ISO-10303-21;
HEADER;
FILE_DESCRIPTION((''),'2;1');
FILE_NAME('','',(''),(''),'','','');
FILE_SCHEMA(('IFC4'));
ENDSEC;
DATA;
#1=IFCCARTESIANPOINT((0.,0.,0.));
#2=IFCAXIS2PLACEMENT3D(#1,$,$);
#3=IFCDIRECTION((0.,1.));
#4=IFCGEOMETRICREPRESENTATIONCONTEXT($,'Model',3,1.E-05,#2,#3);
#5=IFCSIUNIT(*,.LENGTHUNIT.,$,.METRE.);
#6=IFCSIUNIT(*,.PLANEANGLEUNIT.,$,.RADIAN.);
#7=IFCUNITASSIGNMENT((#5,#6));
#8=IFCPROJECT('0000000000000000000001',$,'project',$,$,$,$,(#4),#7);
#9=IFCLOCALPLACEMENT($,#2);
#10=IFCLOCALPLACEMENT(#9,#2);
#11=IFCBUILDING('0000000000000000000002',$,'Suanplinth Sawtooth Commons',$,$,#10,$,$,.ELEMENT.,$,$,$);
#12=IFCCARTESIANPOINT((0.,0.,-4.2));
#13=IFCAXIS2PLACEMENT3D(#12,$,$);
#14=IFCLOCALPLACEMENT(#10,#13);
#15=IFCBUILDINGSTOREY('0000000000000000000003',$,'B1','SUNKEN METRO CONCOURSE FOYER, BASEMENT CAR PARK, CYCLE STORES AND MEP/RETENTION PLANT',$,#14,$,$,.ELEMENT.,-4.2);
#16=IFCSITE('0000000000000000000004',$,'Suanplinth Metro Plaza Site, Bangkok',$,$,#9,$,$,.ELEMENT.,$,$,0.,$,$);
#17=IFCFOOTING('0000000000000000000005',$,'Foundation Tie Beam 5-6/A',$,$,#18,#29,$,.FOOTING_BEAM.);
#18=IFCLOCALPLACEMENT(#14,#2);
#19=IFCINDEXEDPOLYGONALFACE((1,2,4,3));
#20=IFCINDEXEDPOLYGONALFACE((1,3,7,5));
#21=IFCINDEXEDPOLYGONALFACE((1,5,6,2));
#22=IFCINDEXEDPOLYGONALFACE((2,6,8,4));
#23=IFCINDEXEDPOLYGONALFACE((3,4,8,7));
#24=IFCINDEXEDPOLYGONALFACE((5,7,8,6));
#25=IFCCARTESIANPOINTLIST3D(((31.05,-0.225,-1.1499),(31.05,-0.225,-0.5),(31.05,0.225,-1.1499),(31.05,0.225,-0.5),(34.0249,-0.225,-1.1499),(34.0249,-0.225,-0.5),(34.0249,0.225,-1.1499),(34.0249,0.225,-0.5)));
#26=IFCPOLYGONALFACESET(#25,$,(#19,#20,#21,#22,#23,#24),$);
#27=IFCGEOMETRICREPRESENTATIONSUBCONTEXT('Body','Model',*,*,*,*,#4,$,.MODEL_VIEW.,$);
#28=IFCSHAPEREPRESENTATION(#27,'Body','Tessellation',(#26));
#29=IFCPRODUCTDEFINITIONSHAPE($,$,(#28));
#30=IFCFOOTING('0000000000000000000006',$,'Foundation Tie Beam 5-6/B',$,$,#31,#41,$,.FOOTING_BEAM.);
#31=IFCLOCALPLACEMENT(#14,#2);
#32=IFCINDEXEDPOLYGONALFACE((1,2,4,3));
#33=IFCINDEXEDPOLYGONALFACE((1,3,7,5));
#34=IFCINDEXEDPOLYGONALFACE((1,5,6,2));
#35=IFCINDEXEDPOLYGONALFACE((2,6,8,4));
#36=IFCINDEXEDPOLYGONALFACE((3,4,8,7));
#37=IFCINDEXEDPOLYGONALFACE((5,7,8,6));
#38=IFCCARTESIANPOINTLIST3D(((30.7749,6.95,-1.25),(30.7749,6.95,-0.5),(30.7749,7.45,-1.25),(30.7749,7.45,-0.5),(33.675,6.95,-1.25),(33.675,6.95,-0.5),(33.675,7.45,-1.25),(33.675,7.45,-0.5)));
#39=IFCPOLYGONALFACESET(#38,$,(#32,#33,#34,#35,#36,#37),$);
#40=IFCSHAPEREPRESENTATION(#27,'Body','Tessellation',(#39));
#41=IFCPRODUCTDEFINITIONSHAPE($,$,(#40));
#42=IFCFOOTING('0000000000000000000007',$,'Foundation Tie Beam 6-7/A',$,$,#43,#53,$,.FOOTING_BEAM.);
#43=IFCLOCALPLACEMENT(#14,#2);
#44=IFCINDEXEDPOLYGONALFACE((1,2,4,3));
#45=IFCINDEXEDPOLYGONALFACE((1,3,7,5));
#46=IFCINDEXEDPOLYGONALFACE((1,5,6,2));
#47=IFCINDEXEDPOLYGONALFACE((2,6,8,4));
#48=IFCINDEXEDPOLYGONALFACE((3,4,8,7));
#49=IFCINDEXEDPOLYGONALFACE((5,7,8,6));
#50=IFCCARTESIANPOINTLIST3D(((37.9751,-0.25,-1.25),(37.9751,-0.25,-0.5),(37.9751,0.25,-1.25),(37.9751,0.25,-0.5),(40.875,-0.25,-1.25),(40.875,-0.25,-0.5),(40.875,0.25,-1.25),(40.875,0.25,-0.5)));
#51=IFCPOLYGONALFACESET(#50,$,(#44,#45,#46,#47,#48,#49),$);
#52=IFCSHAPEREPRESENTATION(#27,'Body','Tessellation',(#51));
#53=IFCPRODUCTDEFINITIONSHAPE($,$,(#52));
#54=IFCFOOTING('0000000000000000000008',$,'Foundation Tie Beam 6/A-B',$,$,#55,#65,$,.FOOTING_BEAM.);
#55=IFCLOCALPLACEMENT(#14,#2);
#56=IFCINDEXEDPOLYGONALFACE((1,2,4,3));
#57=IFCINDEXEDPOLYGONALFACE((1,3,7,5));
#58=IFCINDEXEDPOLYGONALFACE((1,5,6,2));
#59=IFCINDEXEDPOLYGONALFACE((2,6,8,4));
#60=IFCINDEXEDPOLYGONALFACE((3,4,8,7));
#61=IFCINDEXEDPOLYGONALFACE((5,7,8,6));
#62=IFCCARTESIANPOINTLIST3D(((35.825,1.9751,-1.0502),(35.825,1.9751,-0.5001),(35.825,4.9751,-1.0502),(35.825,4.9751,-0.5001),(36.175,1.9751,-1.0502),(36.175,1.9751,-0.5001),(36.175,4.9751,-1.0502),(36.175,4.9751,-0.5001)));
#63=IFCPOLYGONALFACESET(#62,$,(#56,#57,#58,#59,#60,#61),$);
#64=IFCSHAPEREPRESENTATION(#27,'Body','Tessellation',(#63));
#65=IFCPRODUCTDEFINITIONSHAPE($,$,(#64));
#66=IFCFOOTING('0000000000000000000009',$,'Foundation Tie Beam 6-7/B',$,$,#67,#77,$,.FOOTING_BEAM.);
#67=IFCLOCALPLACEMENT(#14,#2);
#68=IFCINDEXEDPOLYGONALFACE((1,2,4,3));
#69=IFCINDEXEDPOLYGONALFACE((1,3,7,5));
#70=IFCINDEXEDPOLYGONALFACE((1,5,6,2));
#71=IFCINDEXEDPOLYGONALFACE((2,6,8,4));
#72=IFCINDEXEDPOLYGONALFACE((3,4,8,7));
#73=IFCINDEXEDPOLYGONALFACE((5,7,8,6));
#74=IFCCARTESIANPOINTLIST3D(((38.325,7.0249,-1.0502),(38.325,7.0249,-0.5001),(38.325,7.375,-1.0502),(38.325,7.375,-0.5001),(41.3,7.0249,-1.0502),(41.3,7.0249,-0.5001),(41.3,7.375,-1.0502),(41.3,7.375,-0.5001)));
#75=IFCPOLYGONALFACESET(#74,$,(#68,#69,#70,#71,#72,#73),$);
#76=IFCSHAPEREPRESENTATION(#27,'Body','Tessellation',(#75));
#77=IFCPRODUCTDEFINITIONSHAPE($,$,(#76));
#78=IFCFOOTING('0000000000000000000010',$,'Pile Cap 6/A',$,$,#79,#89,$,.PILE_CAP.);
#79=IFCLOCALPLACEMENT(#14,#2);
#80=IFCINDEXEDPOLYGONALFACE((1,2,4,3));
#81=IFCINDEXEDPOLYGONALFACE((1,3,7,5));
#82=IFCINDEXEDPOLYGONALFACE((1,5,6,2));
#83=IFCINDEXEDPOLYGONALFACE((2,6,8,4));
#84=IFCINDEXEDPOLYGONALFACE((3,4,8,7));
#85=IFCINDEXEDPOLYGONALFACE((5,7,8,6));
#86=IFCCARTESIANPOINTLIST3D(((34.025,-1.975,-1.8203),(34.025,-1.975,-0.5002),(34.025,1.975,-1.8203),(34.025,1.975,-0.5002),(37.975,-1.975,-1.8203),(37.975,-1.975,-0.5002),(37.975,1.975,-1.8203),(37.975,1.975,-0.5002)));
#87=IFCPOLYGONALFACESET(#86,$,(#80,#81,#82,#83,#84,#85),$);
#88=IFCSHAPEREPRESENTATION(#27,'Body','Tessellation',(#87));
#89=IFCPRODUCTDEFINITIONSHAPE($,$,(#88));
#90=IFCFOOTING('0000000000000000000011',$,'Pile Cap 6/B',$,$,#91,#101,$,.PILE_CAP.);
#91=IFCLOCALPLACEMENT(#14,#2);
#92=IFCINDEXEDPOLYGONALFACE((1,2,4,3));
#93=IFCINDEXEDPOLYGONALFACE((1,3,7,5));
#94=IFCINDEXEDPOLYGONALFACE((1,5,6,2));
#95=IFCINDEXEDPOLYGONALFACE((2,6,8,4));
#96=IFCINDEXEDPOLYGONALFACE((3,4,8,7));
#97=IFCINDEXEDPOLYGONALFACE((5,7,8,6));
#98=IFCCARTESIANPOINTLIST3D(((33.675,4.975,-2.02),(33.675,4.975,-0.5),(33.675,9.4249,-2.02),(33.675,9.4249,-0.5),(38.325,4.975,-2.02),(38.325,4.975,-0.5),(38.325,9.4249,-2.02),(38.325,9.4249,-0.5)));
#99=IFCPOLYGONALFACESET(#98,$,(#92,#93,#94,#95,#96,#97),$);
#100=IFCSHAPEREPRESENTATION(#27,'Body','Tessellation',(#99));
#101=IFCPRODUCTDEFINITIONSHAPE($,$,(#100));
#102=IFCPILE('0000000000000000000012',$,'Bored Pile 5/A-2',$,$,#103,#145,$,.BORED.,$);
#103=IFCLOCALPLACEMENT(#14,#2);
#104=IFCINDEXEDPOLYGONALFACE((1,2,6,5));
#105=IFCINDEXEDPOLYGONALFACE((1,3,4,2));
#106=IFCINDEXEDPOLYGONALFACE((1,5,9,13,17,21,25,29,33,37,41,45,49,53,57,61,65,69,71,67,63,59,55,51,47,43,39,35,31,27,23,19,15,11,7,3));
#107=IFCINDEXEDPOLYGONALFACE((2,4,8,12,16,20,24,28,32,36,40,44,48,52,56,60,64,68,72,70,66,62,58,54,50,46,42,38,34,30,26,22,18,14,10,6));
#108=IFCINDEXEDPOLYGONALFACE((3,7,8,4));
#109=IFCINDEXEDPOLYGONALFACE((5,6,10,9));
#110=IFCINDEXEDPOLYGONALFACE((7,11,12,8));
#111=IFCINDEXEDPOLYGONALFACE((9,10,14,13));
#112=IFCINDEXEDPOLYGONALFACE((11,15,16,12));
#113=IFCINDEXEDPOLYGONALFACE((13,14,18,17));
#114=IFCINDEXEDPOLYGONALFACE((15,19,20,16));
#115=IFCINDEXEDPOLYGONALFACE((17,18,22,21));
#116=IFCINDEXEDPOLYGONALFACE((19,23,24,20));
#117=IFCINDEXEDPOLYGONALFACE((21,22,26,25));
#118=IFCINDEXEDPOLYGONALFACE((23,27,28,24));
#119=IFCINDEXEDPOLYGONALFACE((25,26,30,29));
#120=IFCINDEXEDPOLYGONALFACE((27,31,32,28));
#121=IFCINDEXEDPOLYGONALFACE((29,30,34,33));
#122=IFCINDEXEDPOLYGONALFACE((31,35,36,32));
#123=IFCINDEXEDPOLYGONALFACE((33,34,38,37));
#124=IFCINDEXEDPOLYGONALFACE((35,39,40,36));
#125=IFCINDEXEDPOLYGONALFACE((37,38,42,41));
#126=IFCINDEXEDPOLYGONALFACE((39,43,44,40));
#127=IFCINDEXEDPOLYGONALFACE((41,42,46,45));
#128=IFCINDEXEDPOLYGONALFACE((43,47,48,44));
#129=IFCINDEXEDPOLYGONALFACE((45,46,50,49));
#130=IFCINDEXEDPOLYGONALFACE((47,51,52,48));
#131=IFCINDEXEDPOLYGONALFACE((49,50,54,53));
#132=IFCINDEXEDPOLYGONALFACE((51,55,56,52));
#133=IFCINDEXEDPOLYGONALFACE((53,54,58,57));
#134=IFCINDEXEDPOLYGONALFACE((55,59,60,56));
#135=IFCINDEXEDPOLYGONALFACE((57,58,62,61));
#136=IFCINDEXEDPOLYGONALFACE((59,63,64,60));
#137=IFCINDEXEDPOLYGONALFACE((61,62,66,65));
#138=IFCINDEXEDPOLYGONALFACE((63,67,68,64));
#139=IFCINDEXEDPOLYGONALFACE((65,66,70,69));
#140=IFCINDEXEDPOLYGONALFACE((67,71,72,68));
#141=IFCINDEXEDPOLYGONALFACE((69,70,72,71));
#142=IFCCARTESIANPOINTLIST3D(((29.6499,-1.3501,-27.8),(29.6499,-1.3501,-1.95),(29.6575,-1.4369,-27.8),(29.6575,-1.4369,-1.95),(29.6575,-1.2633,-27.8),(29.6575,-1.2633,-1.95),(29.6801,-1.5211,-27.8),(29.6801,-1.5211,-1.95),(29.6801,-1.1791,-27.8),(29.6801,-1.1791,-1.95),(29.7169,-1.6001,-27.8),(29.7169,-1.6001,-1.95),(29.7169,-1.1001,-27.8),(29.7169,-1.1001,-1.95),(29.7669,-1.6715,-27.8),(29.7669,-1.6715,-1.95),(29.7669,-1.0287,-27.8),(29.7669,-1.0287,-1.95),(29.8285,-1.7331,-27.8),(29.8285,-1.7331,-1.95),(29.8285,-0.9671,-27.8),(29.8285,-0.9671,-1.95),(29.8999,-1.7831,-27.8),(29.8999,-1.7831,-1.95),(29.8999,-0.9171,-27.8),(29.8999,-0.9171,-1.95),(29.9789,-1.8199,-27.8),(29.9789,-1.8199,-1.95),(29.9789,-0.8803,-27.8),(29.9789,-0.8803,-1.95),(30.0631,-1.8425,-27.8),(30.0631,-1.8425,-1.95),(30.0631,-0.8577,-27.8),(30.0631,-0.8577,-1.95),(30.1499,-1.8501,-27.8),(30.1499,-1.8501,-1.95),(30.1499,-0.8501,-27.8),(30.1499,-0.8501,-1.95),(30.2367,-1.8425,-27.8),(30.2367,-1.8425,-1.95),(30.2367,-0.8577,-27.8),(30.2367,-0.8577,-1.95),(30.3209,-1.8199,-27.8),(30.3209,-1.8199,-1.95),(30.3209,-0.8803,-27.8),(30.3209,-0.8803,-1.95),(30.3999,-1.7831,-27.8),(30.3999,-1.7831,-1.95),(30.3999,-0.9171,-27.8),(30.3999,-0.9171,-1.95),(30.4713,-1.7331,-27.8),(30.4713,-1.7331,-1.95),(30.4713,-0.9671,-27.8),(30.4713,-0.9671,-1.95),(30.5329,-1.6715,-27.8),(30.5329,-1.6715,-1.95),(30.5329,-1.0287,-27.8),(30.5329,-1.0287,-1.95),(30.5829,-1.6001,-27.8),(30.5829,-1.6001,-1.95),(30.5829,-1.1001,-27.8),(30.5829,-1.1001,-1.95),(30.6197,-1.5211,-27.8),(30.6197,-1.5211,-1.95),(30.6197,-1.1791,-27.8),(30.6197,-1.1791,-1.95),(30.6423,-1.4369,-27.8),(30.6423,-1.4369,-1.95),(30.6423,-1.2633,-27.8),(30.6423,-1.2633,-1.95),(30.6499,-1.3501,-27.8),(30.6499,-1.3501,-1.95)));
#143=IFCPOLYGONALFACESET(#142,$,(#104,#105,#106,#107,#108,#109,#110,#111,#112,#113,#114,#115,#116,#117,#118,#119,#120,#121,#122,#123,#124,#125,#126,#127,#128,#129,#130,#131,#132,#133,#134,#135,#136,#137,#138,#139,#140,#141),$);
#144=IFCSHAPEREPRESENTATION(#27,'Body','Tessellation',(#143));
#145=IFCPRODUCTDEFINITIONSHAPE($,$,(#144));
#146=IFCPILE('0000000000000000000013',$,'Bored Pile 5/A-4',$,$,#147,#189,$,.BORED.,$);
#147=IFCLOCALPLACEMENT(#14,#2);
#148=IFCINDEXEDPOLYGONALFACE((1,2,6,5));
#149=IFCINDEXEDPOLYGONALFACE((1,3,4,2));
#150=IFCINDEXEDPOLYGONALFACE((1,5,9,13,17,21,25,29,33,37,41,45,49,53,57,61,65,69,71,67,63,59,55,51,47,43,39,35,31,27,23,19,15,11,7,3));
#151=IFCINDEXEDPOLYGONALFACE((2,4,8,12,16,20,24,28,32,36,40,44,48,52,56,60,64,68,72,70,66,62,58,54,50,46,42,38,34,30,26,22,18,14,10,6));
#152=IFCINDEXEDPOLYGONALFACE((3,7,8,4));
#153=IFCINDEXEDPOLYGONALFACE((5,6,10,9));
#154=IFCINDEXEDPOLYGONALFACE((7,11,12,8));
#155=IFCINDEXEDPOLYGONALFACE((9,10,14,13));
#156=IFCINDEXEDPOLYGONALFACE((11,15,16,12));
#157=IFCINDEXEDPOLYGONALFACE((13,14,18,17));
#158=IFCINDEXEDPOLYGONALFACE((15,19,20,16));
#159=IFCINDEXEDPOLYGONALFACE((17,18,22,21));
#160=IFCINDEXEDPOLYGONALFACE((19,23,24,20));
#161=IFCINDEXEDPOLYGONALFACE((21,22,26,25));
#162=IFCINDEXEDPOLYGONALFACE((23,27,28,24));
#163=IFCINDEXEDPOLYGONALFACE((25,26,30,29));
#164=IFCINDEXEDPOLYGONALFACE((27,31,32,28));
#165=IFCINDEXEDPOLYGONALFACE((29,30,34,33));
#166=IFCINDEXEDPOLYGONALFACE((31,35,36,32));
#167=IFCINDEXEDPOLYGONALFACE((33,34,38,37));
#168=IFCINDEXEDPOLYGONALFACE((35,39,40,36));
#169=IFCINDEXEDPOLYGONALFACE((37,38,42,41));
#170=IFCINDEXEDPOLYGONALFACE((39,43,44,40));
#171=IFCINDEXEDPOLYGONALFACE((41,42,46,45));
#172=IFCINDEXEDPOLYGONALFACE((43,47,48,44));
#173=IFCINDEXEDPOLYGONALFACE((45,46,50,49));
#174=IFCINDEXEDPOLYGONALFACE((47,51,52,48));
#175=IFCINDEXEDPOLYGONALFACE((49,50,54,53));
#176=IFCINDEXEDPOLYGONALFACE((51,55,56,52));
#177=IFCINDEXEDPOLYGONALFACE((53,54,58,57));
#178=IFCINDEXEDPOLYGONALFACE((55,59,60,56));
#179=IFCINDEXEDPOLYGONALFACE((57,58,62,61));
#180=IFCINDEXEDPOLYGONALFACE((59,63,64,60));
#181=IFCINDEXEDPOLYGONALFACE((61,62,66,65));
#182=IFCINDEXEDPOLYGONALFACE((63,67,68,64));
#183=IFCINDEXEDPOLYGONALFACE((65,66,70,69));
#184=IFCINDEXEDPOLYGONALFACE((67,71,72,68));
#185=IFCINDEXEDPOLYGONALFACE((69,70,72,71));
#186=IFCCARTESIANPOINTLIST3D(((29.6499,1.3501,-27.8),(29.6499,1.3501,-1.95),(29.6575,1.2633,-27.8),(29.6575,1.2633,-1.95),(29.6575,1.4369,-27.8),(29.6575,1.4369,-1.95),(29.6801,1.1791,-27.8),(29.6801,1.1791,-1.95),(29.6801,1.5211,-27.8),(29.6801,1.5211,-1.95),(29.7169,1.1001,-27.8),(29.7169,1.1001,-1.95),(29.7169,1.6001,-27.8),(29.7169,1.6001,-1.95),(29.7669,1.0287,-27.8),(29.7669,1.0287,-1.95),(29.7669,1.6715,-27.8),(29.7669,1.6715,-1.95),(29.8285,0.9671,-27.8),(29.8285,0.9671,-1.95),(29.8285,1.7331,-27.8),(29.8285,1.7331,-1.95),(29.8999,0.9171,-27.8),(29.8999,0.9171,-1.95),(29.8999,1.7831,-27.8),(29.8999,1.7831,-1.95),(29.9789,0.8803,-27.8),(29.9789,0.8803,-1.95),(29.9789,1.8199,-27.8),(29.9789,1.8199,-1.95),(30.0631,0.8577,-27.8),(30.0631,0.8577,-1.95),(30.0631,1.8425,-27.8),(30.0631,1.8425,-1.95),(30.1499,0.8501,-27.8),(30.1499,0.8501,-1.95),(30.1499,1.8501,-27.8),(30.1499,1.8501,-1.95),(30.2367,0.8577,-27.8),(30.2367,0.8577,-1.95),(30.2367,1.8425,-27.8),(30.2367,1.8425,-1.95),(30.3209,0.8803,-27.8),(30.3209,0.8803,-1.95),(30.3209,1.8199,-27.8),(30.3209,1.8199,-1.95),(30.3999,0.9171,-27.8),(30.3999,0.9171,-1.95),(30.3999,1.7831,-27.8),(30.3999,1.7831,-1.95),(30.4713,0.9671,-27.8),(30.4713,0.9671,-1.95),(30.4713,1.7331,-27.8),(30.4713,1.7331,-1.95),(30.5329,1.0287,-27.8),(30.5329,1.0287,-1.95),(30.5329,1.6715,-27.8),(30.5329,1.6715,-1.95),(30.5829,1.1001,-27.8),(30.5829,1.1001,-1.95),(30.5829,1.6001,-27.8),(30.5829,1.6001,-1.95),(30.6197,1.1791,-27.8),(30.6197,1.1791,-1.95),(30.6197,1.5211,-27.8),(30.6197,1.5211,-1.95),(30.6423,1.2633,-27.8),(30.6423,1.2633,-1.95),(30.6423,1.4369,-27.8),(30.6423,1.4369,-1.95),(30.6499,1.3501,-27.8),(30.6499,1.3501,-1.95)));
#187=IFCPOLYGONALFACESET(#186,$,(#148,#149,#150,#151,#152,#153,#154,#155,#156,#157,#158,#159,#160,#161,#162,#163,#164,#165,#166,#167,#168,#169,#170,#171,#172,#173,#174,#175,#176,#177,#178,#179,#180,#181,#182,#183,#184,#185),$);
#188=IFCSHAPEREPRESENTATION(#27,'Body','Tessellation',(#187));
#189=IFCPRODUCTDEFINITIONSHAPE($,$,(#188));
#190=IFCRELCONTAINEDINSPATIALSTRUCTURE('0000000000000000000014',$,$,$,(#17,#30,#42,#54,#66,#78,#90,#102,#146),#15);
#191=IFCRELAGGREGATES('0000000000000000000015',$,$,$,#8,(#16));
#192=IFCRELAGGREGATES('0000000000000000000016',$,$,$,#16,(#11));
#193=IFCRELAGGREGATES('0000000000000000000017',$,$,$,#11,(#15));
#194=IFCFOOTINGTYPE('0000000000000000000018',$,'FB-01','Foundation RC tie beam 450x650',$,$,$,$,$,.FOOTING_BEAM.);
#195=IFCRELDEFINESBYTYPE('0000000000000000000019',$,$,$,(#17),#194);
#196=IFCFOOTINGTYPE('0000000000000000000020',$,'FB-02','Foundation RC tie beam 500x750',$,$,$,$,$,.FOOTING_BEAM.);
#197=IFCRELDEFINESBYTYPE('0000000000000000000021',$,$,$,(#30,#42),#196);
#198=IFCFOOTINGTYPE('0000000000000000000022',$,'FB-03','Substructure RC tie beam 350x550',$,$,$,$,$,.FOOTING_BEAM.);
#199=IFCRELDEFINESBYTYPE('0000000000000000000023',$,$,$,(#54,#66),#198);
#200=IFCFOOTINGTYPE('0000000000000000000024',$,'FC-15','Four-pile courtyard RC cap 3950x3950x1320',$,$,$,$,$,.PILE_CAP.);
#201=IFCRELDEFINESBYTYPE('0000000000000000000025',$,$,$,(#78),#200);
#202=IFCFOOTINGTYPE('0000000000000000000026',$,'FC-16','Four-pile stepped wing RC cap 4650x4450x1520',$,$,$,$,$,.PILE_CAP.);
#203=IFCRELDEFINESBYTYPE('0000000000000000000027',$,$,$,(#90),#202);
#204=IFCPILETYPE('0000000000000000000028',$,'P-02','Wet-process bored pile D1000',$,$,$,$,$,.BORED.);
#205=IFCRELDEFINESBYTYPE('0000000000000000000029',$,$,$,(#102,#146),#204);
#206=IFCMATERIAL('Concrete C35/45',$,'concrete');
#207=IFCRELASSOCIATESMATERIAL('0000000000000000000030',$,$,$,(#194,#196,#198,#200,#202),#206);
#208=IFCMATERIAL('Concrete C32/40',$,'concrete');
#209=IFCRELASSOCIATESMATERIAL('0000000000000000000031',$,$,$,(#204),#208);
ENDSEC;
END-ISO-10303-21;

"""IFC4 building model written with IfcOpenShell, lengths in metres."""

from ifc_helpers import new_model, si_unit, direction, frame, origin, origin_2d, place, context, subcontext, project, spatial, rectangle, circle, extrude, material, material_profile, profile_set, type_object, element, save


model = new_model("IFC4")

# Units and contexts
model_context = context("Model", 3, precision=1e-05, world=origin(), true_north=direction((0.0, 1.0)))
body_context = subcontext(model_context, "Body", "Model", "MODEL_VIEW")
ifc_project = project(units=[si_unit("LENGTHUNIT", "METRE"), si_unit("PLANEANGLEUNIT", "RADIAN")], contexts=[model_context])

# Site, building, storey
site_placement = place(None, origin())
site = spatial("IfcSite", under=ifc_project, at=site_placement, Name="Suanplinth Metro Plaza Site, Bangkok", CompositionType="ELEMENT", RefElevation=0.0)
building_placement = place(site_placement, origin())
building = spatial("IfcBuilding", under=site, at=building_placement, Name="Suanplinth Sawtooth Commons", CompositionType="ELEMENT")
storey_placement = place(building_placement, frame((0.0, 0.0, -4.2)))
storey = spatial("IfcBuildingStorey", under=building, at=storey_placement, Name="B1", Description="SUNKEN METRO CONCOURSE FOYER, BASEMENT CAR PARK, CYCLE STORES AND MEP/RETENTION PLANT", CompositionType="ELEMENT", Elevation=-4.2)

# Footings
ifc_material_1 = material(Name="Concrete C35/45", Category="concrete")
ifc_material_profile_1 = material_profile(ifc_material_1, rectangle(XDim=0.45, YDim=0.6499, at=origin_2d()), Name="PC-GDR 450x650")
ifc_profile_set_1 = profile_set([ifc_material_profile_1], Name="Concrete C35/45")
footing_type_1 = type_object("IfcFootingType", Name="FB-01", Description="Foundation RC tie beam 450x650", PredefinedType="FOOTING_BEAM", material=ifc_profile_set_1)
footing_1_placement = place(storey_placement, frame((31.05, 0.0, -0.825), z_axis=(1.0, 0.0, 0.0), x_axis=(0.0, 1.0, 0.0)))
element("IfcFooting", 1, at=footing_1_placement, inside=storey, type_object=footing_type_1, Name="Foundation Tie Beam 5-6/A", PredefinedType="FOOTING_BEAM", context=body_context, shape_type="SweptSolid", body=[
    extrude(rectangle(XDim=0.45, YDim=0.6499, at=origin_2d()), origin(), (0.0, 0.0, 1.0), 2.9749),
])
ifc_material_profile_2 = material_profile(ifc_material_1, rectangle(XDim=0.5, YDim=0.75, at=origin_2d()), Name="RC-GDR 500x750")
ifc_profile_set_2 = profile_set([ifc_material_profile_2], Name="Concrete C35/45")
footing_type_2 = type_object("IfcFootingType", Name="FB-02", Description="Foundation RC tie beam 500x750", PredefinedType="FOOTING_BEAM", material=ifc_profile_set_2)
footing_2_placement = place(storey_placement, frame((30.7749, 7.2, -0.875), z_axis=(1.0, 0.0, 0.0), x_axis=(0.0, 1.0, 0.0)))
element("IfcFooting", 2, at=footing_2_placement, inside=storey, type_object=footing_type_2, Name="Foundation Tie Beam 5-6/B", PredefinedType="FOOTING_BEAM", context=body_context, shape_type="SweptSolid", body=[
    extrude(rectangle(XDim=0.5, YDim=0.75, at=origin_2d()), origin(), (0.0, 0.0, 1.0), 2.9001),
])
footing_3_placement = place(storey_placement, frame((37.9751, 0.0, -0.875), z_axis=(1.0, 0.0, 0.0), x_axis=(0.0, 1.0, 0.0)))
element("IfcFooting", 3, at=footing_3_placement, inside=storey, type_object=footing_type_2, Name="Foundation Tie Beam 6-7/A", PredefinedType="FOOTING_BEAM", context=body_context, shape_type="SweptSolid", body=[
    extrude(rectangle(XDim=0.5, YDim=0.75, at=origin_2d()), origin(), (0.0, 0.0, 1.0), 2.8999),
])
ifc_material_profile_3 = material_profile(ifc_material_1, rectangle(XDim=0.3501, YDim=0.55, at=origin_2d()), Name="PC-BM 350x550")
ifc_profile_set_3 = profile_set([ifc_material_profile_3], Name="Concrete C35/45")
footing_type_3 = type_object("IfcFootingType", Name="FB-03", Description="Substructure RC tie beam 350x550", PredefinedType="FOOTING_BEAM", material=ifc_profile_set_3)
footing_4_placement = place(storey_placement, frame((36.0, 1.9751, -0.7751), z_axis=(0.0, 1.0, 0.0), x_axis=(-1.0, 0.0, 0.0)))
element("IfcFooting", 4, at=footing_4_placement, inside=storey, type_object=footing_type_3, Name="Foundation Tie Beam 6/A-B", PredefinedType="FOOTING_BEAM", context=body_context, shape_type="SweptSolid", body=[
    extrude(rectangle(XDim=0.3501, YDim=0.55, at=origin_2d()), origin(), (0.0, 0.0, 1.0), 3.0),
])
footing_5_placement = place(storey_placement, frame((38.325, 7.2, -0.7751), z_axis=(1.0, 0.0, 0.0), x_axis=(0.0, 1.0, 0.0)))
element("IfcFooting", 5, at=footing_5_placement, inside=storey, type_object=footing_type_3, Name="Foundation Tie Beam 6-7/B", PredefinedType="FOOTING_BEAM", context=body_context, shape_type="SweptSolid", body=[
    extrude(rectangle(XDim=0.3501, YDim=0.55, at=origin_2d()), origin(), (0.0, 0.0, 1.0), 2.9751),
])
footing_type_4 = type_object("IfcFootingType", Name="FC-15", Description="Four-pile courtyard RC cap 3950x3950x1320", PredefinedType="PILE_CAP", material=ifc_material_1)
footing_6_placement = place(storey_placement, frame((36.0, 0.0, -1.8203), z_axis=(0.0, 0.0, 1.0), x_axis=(1.0, 0.0, 0.0)))
element("IfcFooting", 6, at=footing_6_placement, inside=storey, type_object=footing_type_4, Name="Pile Cap 6/A", PredefinedType="PILE_CAP", context=body_context, shape_type="SweptSolid", body=[
    extrude(rectangle(XDim=3.95, YDim=3.95, at=origin_2d()), origin(), (0.0, 0.0, 1.0), 1.3201),
])
footing_type_5 = type_object("IfcFootingType", Name="FC-16", Description="Four-pile stepped wing RC cap 4650x4450x1520", PredefinedType="PILE_CAP", material=ifc_material_1)
footing_7_placement = place(storey_placement, frame((36.0, 7.2, -2.02), z_axis=(0.0, 0.0, 1.0), x_axis=(1.0, 0.0, 0.0)))
element("IfcFooting", 7, at=footing_7_placement, inside=storey, type_object=footing_type_5, Name="Pile Cap 6/B", PredefinedType="PILE_CAP", context=body_context, shape_type="SweptSolid", body=[
    extrude(rectangle(XDim=4.6499, YDim=4.45, at=origin_2d()), origin(), (0.0, 0.0, 1.0), 1.52),
])

# Piles
ifc_material_2 = material(Name="Concrete C32/40", Category="concrete")
ifc_material_profile_4 = material_profile(ifc_material_2, circle(Radius=0.5, at=origin_2d()), Name="PILE D1000")
ifc_profile_set_4 = profile_set([ifc_material_profile_4], Name="Concrete C32/40")
pile_type = type_object("IfcPileType", Name="P-02", Description="Wet-process bored pile D1000", PredefinedType="BORED", material=ifc_profile_set_4)
for number, where, z_axis, x_axis, name in (
    (8, (30.1499, -1.3501, -1.95), (0.0, 0.0, -1.0), (1.0, 0.0, 0.0), "Bored Pile 5/A-2"),
    (9, (30.1499, 1.3501, -1.95), (0.0, 0.0, -1.0), (1.0, 0.0, 0.0), "Bored Pile 5/A-4"),
):
    element("IfcPile", number, at=place(storey_placement, frame(where, z_axis=z_axis, x_axis=x_axis)), inside=storey, type_object=pile_type, Name=name, PredefinedType="BORED", context=body_context, shape_type="SweptSolid", body=[
        extrude(circle(Radius=0.5, at=origin_2d()), origin(), (0.0, 0.0, 1.0), 25.8501),
    ])

save(model, "model.ifc")
